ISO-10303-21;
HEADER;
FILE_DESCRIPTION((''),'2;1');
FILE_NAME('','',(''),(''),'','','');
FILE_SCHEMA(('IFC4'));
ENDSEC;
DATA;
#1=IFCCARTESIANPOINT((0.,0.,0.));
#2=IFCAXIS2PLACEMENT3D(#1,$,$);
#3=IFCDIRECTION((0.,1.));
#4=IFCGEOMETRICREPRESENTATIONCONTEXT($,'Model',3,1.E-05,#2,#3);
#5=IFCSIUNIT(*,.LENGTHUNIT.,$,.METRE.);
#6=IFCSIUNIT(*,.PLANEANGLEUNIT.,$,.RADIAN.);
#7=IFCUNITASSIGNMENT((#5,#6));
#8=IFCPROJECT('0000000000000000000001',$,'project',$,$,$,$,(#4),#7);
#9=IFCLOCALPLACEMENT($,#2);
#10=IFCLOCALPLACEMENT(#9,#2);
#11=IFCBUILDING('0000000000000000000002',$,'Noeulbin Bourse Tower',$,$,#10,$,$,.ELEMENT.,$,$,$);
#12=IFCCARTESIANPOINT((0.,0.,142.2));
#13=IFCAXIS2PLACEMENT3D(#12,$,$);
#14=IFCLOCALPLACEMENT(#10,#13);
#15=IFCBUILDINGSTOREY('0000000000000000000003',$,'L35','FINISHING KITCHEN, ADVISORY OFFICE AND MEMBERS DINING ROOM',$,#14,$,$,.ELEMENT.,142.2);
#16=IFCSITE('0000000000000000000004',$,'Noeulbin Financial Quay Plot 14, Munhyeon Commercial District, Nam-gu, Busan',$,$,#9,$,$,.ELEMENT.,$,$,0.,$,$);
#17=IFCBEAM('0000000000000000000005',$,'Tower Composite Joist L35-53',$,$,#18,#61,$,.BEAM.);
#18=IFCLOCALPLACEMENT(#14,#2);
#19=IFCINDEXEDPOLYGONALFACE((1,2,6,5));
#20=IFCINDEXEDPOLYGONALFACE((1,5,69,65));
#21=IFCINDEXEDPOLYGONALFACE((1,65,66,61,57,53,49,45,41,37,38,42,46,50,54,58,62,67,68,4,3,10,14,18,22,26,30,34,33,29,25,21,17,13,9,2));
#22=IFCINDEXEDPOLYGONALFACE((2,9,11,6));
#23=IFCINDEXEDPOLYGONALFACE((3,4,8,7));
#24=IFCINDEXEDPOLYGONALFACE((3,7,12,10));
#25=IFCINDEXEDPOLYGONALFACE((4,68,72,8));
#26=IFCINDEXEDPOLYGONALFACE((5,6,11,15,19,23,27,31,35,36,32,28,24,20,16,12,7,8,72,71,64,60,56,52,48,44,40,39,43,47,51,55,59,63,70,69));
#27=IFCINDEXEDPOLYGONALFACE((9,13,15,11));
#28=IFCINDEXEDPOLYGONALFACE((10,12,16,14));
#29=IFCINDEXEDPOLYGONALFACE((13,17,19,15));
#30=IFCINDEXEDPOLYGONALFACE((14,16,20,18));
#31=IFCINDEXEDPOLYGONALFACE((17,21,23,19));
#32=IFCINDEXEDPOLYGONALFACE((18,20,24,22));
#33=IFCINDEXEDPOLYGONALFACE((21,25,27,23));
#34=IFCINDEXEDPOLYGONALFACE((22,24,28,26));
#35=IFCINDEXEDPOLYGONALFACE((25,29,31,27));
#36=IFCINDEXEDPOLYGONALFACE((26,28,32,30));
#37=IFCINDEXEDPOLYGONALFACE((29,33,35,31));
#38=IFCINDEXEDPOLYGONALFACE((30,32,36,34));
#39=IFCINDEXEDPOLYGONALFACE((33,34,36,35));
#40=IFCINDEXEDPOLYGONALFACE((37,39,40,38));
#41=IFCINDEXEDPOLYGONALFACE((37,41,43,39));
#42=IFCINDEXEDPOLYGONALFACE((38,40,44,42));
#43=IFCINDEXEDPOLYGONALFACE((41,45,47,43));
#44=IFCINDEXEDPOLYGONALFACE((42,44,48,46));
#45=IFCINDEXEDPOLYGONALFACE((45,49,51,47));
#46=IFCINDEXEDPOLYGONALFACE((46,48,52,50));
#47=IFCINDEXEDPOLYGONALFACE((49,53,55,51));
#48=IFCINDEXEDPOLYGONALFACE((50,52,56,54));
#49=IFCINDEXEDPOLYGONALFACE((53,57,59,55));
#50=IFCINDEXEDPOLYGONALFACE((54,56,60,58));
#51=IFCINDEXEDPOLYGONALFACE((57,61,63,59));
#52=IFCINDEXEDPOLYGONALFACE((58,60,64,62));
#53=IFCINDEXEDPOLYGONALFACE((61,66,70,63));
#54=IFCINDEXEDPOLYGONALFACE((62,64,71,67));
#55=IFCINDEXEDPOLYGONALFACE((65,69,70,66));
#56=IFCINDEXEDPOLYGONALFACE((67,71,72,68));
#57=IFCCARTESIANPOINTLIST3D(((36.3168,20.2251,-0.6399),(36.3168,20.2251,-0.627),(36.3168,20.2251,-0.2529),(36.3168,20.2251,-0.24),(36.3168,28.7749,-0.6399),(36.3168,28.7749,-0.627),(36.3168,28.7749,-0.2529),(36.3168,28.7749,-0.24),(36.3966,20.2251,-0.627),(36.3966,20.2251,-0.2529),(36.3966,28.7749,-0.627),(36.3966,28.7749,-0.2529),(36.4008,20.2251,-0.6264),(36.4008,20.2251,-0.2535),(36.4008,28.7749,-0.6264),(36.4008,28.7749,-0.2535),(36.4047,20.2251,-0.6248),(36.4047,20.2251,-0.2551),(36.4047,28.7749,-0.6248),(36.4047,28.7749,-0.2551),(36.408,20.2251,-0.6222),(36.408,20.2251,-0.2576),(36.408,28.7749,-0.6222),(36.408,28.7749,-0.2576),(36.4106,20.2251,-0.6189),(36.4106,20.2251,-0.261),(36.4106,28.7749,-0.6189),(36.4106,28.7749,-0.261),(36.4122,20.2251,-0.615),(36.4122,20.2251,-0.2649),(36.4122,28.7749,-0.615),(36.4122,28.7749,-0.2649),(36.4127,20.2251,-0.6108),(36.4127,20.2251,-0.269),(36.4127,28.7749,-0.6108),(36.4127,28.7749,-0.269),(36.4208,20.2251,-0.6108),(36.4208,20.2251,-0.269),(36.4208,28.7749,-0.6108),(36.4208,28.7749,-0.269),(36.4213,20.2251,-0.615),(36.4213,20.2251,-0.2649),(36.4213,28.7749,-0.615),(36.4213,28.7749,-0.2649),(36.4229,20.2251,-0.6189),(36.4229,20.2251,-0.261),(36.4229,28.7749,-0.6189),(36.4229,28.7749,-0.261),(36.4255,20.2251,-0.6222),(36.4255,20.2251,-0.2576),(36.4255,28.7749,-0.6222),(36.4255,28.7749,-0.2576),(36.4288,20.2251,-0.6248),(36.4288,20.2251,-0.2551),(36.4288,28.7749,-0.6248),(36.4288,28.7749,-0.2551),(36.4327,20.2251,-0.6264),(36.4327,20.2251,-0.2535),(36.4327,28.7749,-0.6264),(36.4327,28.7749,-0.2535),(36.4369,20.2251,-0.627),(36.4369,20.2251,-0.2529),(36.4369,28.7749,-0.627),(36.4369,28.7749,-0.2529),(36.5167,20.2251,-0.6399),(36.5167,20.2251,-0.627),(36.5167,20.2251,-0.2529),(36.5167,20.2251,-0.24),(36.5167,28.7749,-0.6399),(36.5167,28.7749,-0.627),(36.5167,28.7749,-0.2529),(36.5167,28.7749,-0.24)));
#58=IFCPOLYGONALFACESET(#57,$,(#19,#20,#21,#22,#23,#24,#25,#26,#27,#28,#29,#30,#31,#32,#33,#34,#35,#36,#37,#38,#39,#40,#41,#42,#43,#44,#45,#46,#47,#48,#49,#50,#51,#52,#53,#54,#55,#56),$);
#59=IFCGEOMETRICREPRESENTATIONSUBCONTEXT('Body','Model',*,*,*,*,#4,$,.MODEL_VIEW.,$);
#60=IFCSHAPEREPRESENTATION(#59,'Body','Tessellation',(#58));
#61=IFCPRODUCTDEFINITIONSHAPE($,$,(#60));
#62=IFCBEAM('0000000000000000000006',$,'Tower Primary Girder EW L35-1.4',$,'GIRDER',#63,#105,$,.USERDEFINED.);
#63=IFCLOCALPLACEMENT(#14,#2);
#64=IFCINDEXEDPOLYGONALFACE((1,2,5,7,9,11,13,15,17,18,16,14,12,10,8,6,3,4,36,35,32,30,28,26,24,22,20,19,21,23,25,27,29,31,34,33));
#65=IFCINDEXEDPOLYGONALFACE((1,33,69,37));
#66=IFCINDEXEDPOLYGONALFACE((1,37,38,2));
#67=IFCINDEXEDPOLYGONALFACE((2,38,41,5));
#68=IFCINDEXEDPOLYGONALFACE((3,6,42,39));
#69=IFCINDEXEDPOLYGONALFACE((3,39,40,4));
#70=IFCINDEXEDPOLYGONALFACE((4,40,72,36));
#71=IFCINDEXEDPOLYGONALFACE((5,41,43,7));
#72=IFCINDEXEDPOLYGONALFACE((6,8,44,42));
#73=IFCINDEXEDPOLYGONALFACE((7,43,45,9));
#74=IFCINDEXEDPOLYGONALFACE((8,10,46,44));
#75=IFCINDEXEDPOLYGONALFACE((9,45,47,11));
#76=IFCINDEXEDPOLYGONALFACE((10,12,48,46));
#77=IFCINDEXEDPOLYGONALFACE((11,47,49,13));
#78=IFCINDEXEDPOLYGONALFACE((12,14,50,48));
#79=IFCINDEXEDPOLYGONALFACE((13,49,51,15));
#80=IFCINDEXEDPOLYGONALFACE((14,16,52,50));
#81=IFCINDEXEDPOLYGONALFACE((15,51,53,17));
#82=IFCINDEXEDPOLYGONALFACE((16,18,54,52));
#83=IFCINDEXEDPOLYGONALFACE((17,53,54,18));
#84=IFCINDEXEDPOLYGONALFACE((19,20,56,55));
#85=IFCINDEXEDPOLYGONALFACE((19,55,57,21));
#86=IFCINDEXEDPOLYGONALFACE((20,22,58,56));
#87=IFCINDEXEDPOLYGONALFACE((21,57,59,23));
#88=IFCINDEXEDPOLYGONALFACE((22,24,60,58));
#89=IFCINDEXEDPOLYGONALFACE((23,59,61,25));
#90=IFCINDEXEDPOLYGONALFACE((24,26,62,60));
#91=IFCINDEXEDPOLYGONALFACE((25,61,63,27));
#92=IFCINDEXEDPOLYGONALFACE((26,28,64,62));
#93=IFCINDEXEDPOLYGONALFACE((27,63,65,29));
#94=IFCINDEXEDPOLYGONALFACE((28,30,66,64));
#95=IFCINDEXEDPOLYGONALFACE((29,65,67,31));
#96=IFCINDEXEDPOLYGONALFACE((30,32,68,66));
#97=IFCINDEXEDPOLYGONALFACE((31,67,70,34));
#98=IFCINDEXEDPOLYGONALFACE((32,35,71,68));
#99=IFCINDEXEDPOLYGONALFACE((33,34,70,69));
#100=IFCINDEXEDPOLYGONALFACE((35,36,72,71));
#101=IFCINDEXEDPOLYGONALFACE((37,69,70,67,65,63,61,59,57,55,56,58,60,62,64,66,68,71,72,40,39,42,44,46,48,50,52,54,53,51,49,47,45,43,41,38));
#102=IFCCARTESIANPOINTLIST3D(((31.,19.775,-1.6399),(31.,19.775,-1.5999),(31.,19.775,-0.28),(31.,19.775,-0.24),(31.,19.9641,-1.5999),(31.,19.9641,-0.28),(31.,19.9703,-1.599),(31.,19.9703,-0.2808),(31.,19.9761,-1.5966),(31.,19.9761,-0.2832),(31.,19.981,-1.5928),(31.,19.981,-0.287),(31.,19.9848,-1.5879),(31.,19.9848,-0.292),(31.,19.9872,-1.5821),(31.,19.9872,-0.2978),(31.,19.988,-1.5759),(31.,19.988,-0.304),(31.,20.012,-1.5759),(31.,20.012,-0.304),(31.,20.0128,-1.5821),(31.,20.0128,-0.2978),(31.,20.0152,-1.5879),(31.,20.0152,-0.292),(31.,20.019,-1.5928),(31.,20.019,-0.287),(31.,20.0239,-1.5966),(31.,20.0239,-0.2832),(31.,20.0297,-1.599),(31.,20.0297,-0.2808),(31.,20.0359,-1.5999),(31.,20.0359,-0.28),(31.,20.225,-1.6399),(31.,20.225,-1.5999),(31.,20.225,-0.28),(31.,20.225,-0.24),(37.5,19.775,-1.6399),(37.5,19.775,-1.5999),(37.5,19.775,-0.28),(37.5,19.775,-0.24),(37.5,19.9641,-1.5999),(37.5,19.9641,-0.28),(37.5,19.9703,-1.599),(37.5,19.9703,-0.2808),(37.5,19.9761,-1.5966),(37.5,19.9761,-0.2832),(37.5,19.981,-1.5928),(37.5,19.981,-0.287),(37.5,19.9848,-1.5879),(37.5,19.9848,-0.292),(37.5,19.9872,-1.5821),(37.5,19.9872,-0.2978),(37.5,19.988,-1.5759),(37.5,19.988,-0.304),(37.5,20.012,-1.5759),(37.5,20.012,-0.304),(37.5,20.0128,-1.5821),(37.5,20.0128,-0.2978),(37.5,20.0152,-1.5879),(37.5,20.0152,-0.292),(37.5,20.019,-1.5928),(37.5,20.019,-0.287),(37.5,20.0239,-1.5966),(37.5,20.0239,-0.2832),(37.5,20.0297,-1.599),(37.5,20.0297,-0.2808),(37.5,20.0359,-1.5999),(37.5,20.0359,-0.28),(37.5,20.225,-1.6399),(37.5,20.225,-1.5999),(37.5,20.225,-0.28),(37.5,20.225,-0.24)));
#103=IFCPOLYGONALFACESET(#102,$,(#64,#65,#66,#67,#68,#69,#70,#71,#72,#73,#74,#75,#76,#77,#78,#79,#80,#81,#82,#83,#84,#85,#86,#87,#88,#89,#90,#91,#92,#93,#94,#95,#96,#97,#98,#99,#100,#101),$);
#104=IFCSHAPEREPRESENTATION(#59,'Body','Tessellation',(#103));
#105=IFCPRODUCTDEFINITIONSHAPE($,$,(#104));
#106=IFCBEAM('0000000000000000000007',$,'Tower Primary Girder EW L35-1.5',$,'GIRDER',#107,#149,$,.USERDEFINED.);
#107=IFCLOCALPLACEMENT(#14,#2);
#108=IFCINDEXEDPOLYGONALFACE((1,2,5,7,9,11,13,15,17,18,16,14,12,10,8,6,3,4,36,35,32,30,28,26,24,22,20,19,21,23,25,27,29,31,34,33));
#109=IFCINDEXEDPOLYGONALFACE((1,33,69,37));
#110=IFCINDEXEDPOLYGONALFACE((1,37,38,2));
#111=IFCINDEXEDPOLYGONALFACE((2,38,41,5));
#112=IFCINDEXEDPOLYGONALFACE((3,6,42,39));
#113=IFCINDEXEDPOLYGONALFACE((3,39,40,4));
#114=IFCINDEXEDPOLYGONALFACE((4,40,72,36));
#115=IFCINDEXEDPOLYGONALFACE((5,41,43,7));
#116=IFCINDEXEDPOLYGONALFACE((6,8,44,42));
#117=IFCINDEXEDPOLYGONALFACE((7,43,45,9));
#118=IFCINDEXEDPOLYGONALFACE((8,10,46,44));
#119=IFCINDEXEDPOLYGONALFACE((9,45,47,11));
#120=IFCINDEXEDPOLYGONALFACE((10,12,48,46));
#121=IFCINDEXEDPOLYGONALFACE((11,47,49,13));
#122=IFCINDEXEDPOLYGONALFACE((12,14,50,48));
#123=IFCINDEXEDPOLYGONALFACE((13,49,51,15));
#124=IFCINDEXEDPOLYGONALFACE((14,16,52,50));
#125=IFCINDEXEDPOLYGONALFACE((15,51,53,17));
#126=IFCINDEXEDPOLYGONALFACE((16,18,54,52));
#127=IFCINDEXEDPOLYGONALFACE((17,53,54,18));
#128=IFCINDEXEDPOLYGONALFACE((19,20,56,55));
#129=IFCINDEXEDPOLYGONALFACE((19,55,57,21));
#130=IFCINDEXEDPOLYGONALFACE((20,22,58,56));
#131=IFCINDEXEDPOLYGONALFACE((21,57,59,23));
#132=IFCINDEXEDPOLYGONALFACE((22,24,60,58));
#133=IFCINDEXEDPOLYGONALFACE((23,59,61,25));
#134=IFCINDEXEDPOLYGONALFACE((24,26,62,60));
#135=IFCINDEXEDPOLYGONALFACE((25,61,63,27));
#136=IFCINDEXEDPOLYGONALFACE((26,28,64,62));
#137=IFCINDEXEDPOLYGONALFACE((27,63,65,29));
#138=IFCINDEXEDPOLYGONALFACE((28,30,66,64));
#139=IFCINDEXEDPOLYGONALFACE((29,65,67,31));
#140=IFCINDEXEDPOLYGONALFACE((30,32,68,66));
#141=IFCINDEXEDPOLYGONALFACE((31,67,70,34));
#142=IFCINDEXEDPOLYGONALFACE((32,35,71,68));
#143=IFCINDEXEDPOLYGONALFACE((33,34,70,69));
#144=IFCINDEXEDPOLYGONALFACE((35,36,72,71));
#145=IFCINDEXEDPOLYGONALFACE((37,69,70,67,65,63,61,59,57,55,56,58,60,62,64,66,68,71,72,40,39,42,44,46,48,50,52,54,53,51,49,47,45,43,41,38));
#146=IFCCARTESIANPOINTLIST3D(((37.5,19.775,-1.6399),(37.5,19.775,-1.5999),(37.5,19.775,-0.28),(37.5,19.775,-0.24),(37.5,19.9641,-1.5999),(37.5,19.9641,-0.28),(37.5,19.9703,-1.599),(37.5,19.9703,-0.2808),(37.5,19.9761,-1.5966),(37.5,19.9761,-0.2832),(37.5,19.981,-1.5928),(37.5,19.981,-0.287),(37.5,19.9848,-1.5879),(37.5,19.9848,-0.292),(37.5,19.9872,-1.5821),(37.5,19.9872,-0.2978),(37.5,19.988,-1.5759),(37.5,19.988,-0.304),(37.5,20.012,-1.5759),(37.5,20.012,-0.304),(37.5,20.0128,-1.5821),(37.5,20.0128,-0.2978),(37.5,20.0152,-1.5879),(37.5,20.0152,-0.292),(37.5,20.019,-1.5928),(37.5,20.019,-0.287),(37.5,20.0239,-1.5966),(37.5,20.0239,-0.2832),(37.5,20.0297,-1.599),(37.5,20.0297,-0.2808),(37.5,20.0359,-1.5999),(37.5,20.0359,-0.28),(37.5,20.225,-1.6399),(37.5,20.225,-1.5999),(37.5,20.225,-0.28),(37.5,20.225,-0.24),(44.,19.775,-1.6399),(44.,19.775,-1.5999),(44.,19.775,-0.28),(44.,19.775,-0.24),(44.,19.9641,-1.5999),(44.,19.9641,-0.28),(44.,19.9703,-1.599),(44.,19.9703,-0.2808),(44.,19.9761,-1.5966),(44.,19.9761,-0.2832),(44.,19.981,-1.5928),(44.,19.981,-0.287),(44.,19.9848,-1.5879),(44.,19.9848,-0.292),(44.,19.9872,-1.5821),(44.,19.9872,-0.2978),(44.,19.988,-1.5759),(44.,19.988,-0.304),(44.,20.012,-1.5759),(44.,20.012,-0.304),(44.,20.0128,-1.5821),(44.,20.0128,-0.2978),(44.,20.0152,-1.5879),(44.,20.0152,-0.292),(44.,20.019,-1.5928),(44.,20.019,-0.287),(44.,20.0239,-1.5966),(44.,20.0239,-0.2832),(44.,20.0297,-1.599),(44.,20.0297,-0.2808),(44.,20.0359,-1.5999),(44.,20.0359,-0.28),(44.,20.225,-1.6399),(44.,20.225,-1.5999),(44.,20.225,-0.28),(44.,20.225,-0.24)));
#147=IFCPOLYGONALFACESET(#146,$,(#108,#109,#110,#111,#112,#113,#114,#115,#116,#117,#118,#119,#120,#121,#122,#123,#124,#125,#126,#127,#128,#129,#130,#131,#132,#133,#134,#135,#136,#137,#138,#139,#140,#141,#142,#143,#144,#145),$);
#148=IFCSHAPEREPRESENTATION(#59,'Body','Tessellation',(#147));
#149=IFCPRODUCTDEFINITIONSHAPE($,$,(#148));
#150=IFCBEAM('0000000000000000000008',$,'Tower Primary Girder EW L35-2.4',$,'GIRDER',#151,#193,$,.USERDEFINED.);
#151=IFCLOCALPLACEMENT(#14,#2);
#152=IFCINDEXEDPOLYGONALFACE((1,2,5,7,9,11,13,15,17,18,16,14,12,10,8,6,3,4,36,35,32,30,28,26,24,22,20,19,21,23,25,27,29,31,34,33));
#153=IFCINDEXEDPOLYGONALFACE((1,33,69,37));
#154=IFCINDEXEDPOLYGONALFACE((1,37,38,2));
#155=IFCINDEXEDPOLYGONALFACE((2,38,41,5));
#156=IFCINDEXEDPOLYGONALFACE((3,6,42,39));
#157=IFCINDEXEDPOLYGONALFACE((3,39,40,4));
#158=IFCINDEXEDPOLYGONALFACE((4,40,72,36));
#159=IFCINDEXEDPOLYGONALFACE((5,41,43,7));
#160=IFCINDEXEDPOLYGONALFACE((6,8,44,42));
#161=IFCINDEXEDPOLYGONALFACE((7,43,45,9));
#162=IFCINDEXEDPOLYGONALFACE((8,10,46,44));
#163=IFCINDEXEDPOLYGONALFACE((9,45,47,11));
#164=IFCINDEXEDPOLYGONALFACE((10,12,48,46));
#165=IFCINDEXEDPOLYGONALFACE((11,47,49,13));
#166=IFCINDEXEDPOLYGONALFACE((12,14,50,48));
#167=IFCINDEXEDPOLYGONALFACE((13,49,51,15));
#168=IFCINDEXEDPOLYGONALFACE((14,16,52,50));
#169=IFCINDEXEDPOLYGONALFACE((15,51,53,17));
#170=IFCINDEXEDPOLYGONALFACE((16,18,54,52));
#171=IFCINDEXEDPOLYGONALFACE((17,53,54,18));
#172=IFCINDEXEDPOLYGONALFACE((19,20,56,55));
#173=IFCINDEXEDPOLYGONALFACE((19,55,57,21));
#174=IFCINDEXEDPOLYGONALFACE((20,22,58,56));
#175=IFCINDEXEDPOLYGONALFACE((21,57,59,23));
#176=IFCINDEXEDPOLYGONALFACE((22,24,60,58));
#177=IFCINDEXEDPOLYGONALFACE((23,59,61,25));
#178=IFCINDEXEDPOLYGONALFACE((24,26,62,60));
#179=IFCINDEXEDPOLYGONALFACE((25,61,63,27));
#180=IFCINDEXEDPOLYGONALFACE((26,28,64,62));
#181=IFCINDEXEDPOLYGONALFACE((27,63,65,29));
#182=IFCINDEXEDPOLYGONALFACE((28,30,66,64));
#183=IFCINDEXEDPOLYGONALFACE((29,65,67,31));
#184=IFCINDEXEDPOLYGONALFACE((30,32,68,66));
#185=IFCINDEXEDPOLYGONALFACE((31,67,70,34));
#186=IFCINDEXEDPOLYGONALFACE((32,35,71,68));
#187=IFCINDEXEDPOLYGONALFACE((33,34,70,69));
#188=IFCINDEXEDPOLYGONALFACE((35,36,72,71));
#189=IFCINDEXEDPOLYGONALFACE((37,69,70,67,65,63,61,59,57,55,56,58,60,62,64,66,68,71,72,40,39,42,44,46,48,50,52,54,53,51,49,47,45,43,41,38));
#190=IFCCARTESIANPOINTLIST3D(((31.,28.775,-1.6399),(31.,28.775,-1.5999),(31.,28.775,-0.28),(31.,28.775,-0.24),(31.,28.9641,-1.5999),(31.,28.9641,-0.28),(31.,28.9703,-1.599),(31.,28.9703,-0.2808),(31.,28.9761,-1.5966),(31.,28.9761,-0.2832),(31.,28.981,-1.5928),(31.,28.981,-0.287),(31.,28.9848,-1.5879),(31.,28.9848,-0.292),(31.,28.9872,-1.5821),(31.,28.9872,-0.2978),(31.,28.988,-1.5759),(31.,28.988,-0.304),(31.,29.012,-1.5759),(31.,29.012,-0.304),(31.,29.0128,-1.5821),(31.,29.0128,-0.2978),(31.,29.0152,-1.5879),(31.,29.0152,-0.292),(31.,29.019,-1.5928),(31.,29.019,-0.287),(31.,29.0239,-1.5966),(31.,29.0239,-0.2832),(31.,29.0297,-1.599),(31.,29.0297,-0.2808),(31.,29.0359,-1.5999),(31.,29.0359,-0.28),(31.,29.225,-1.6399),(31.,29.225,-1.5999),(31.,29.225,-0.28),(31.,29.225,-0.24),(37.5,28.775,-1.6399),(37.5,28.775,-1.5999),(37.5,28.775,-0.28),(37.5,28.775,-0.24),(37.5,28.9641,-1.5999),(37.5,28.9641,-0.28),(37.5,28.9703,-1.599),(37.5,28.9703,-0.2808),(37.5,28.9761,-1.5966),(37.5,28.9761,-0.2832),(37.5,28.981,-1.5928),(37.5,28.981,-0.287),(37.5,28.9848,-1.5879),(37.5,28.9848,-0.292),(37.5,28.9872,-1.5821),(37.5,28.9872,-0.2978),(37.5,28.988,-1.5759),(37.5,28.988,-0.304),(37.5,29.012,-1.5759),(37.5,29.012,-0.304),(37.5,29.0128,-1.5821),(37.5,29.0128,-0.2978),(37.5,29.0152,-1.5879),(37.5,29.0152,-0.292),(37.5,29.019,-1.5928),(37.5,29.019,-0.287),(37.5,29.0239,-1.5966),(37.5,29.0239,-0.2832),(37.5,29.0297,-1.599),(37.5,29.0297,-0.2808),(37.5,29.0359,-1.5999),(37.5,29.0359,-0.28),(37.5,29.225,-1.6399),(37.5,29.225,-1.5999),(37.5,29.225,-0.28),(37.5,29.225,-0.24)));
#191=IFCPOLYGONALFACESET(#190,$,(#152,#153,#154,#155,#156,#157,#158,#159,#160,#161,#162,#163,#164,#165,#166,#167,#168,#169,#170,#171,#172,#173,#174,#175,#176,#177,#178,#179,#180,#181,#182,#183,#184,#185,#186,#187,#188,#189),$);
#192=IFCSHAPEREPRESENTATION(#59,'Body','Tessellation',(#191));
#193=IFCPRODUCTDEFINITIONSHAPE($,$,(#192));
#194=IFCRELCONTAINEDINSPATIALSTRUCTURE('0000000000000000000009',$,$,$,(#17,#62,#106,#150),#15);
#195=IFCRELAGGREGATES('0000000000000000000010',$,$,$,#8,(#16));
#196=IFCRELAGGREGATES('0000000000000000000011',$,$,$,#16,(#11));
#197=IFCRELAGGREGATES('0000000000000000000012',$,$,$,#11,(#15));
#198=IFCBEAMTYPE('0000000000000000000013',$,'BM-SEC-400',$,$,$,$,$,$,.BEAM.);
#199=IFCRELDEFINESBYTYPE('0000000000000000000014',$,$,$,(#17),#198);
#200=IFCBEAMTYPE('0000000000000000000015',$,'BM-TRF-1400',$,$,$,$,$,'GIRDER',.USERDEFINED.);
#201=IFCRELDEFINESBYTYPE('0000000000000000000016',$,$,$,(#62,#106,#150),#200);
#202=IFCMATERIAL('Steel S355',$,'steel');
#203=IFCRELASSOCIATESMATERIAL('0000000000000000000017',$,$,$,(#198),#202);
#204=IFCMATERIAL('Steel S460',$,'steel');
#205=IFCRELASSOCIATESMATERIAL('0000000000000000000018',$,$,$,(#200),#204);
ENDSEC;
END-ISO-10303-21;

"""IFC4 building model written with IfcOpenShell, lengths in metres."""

from ifc_helpers import new_model, si_unit, direction, frame, origin, origin_2d, place, context, subcontext, project, spatial, i_section, extrude, material, material_profile, profile_set, type_object, element, save


model = new_model("IFC4")

# Units and contexts
model_context = context("Model", 3, precision=1e-05, world=origin(), true_north=direction((0.0, 1.0)))
body_context = subcontext(model_context, "Body", "Model", "MODEL_VIEW")
ifc_project = project(units=[si_unit("LENGTHUNIT", "METRE"), si_unit("PLANEANGLEUNIT", "RADIAN")], contexts=[model_context])

# Site, building, storey
site_placement = place(None, origin())
site = spatial("IfcSite", under=ifc_project, at=site_placement, Name="Noeulbin Financial Quay Plot 14, Munhyeon Commercial District, Nam-gu, Busan", CompositionType="ELEMENT", RefElevation=0.0)
building_placement = place(site_placement, origin())
building = spatial("IfcBuilding", under=site, at=building_placement, Name="Noeulbin Bourse Tower", CompositionType="ELEMENT")
storey_placement = place(building_placement, frame((0.0, 0.0, 142.2)))
storey = spatial("IfcBuildingStorey", under=building, at=storey_placement, Name="L35", Description="FINISHING KITCHEN, ADVISORY OFFICE AND MEMBERS DINING ROOM", CompositionType="ELEMENT", Elevation=142.2)

# Shared definitions
ifc_material_1 = material(Name="Steel S460", Category="steel")

# Beams
ifc_material_2 = material(Name="Steel S355", Category="steel")
ifc_material_profile_1 = material_profile(ifc_material_2, i_section(OverallWidth=0.2, OverallDepth=0.3999, WebThickness=0.0081, FlangeThickness=0.0129, FilletRadius=0.0161, at=origin_2d()), Name="H-400x200x8x13", Category="LoadBearing")
ifc_profile_set_1 = profile_set([ifc_material_profile_1], Name="Steel S355")
beam_type_1 = type_object("IfcBeamType", Name="BM-SEC-400", PredefinedType="BEAM", material=ifc_profile_set_1)
for number, where, z_axis, x_axis, name in (
    (1, (36.4167, 20.2251, -0.4399), (0.0, 1.0, 0.0), (-1.0, 0.0, 0.0), "Tower Composite Joist L35-53"),
):
    element("IfcBeam", number, at=place(storey_placement, frame(where, z_axis=z_axis, x_axis=x_axis)), inside=storey, type_object=beam_type_1, Name=name, PredefinedType="BEAM", context=body_context, shape_type="SweptSolid", body=[
        extrude(i_section(OverallWidth=0.2, OverallDepth=0.3999, WebThickness=0.0081, FlangeThickness=0.0129, FilletRadius=0.0161, at=origin_2d()), origin(), (0.0, 0.0, 1.0), 8.5498),
    ])
ifc_material_profile_2 = material_profile(ifc_material_1, i_section(OverallWidth=0.45, OverallDepth=1.3999, WebThickness=0.0239, FlangeThickness=0.04, FilletRadius=0.0239, at=origin_2d()), Name="PG-1400x450x24x40", Category="LoadBearing")
ifc_profile_set_2 = profile_set([ifc_material_profile_2], Name="Steel S460")
beam_type_2 = type_object("IfcBeamType", Name="BM-TRF-1400", ElementType="GIRDER", PredefinedType="USERDEFINED", material=ifc_profile_set_2)
for number, where, z_axis, x_axis, name in (
    (2, (31.0, 20.0, -0.9399), (1.0, 0.0, 0.0), (0.0, 1.0, 0.0), "Tower Primary Girder EW L35-1.4"),
    (3, (37.5, 20.0, -0.9399), (1.0, 0.0, 0.0), (0.0, 1.0, 0.0), "Tower Primary Girder EW L35-1.5"),
    (4, (31.0, 29.0, -0.9399), (1.0, 0.0, 0.0), (0.0, 1.0, 0.0), "Tower Primary Girder EW L35-2.4"),
):
    element("IfcBeam", number, at=place(storey_placement, frame(where, z_axis=z_axis, x_axis=x_axis)), inside=storey, type_object=beam_type_2, Name=name, ObjectType="GIRDER", PredefinedType="USERDEFINED", context=body_context, shape_type="SweptSolid", body=[
        extrude(i_section(OverallWidth=0.45, OverallDepth=1.3999, WebThickness=0.0239, FlangeThickness=0.04, FilletRadius=0.0239, at=origin_2d()), origin(), (0.0, 0.0, 1.0), 6.5),
    ])

save(model, "model.ifc")
